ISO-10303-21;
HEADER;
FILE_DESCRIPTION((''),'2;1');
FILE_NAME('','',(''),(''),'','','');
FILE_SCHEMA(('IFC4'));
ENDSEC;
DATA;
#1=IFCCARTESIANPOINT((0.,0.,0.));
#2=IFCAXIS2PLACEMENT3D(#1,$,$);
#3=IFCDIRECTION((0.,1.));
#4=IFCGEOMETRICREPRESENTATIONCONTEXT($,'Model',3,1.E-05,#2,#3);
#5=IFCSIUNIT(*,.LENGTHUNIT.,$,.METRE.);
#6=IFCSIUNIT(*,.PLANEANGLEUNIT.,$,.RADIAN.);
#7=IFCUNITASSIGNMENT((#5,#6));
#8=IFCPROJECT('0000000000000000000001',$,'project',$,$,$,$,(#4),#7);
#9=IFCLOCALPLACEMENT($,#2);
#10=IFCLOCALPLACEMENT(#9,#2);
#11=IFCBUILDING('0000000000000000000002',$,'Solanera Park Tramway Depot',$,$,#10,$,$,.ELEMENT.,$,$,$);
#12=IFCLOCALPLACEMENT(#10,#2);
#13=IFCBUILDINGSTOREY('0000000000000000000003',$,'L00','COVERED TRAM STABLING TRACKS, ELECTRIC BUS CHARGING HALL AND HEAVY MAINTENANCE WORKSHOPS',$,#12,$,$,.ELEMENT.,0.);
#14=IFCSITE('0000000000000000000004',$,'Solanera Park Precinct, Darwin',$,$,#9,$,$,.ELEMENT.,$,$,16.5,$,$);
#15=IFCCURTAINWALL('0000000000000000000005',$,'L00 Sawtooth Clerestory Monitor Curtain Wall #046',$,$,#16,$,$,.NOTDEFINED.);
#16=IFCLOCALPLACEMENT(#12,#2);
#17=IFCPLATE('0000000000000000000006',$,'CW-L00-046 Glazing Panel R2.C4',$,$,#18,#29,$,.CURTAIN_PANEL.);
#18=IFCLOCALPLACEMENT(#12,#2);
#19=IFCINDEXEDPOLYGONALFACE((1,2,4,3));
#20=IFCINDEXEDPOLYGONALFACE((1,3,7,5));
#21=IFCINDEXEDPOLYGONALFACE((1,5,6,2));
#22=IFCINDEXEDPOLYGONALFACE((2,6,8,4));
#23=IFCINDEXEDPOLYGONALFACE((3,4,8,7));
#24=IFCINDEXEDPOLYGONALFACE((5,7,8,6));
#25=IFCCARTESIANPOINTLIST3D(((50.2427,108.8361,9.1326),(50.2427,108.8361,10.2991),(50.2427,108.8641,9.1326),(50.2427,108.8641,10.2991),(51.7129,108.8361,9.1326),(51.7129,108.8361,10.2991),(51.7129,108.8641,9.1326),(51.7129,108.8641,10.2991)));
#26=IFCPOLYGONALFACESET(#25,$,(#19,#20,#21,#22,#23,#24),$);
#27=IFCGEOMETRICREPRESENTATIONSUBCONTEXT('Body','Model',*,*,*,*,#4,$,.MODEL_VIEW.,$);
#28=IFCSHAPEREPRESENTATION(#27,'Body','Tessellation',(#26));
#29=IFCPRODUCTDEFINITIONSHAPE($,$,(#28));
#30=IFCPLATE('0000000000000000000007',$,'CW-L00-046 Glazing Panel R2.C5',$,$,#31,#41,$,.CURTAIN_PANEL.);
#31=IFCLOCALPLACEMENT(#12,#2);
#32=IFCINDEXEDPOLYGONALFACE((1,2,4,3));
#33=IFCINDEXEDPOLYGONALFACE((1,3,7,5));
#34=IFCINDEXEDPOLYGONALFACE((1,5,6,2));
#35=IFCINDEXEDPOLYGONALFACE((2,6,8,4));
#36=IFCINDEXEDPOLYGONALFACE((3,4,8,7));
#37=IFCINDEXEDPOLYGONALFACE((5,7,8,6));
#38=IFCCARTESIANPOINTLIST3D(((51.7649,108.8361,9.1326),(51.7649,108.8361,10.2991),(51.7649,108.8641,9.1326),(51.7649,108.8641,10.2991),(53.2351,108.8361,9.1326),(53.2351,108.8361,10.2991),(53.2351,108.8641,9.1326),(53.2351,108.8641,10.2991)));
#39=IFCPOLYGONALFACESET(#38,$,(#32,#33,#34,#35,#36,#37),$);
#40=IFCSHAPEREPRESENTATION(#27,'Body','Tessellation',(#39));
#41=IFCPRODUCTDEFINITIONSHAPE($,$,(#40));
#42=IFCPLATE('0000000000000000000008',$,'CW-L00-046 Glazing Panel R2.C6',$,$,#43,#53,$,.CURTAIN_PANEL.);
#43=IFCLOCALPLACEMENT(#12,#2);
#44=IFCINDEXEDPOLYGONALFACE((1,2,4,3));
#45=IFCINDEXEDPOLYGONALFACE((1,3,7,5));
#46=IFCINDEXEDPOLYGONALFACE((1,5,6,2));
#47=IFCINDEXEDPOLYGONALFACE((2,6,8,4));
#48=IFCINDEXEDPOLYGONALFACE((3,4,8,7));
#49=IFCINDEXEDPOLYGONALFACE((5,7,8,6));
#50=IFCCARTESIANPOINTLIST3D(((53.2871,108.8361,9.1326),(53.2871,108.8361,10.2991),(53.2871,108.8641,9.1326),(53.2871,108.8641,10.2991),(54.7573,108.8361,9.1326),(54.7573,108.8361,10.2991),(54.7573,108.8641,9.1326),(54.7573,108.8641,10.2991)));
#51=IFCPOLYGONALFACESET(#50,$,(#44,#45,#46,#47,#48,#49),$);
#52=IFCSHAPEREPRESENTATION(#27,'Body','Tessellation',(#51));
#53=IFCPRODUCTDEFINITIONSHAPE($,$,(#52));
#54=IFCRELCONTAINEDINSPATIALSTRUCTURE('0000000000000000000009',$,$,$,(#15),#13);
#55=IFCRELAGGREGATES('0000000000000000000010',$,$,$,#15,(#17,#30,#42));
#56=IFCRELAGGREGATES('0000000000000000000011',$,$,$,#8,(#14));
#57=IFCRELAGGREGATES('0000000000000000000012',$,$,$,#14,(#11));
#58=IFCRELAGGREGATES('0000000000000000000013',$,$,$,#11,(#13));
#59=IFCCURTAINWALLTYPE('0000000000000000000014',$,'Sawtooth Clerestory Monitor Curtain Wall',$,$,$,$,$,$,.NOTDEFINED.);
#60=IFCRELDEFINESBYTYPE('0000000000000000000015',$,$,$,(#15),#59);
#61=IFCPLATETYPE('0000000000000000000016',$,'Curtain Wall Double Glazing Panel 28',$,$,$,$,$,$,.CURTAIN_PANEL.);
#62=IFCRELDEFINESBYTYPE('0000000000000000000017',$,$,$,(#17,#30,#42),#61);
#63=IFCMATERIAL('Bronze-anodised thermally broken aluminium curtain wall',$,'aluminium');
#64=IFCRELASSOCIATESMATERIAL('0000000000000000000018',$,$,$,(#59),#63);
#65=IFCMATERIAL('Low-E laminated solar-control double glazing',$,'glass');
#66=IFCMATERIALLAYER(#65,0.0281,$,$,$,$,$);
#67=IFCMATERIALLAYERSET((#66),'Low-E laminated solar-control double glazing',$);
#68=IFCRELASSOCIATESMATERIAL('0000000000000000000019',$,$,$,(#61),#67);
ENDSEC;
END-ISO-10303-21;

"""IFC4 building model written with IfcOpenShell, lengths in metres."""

from ifc_helpers import new_model, si_unit, direction, frame, origin, origin_2d, place, context, subcontext, project, spatial, rectangle, extrude, material, layer, layer_set, type_object, element, aggregate, save


model = new_model("IFC4")

# Units and contexts
model_context = context("Model", 3, precision=1e-05, world=origin(), true_north=direction((0.0, 1.0)))
body_context = subcontext(model_context, "Body", "Model", "MODEL_VIEW")
ifc_project = project(units=[si_unit("LENGTHUNIT", "METRE"), si_unit("PLANEANGLEUNIT", "RADIAN")], contexts=[model_context])

# Site, building, storey
site_placement = place(None, origin())
site = spatial("IfcSite", under=ifc_project, at=site_placement, Name="Solanera Park Precinct, Darwin", CompositionType="ELEMENT", RefElevation=16.5)
building_placement = place(site_placement, origin())
building = spatial("IfcBuilding", under=site, at=building_placement, Name="Solanera Park Tramway Depot", CompositionType="ELEMENT")
storey_placement = place(building_placement, origin())
storey = spatial("IfcBuildingStorey", under=building, at=storey_placement, Name="L00", Description="COVERED TRAM STABLING TRACKS, ELECTRIC BUS CHARGING HALL AND HEAVY MAINTENANCE WORKSHOPS", CompositionType="ELEMENT", Elevation=0.0)

# Curtain wall
ifc_material_1 = material(Name="Bronze-anodised thermally broken aluminium curtain wall", Category="aluminium")
curtain_wall_type = type_object("IfcCurtainWallType", Name="Sawtooth Clerestory Monitor Curtain Wall", PredefinedType="NOTDEFINED", material=ifc_material_1)
curtain_wall_1_placement = place(storey_placement, origin())
curtain_wall_1 = element("IfcCurtainWall", 1, at=curtain_wall_1_placement, inside=storey, type_object=curtain_wall_type, Name="L00 Sawtooth Clerestory Monitor Curtain Wall #046", PredefinedType="NOTDEFINED")

# Plates
ifc_material_2 = material(Name="Low-E laminated solar-control double glazing", Category="glass")
ifc_layer = layer(ifc_material_2, 0.0281)
ifc_layer_set = layer_set([ifc_layer], Name="Low-E laminated solar-control double glazing")
plate_type = type_object("IfcPlateType", Name="Curtain Wall Double Glazing Panel 28", PredefinedType="CURTAIN_PANEL", material=ifc_layer_set)
plate_1_placement = place(storey_placement, frame((50.9778, 108.8501, 9.1326), z_axis=(0.0, 0.0, 1.0), x_axis=(1.0, 0.0, 0.0)))
plate_1 = element("IfcPlate", 2, at=plate_1_placement, type_object=plate_type, Name="CW-L00-046 Glazing Panel R2.C4", PredefinedType="CURTAIN_PANEL", context=body_context, shape_type="SweptSolid", body=[
    extrude(rectangle(XDim=1.4702, YDim=0.0281, at=origin_2d()), origin(), (0.0, 0.0, 1.0), 1.1665),
])
plate_2_placement = place(storey_placement, frame((52.5, 108.8501, 9.1326), z_axis=(0.0, 0.0, 1.0), x_axis=(1.0, 0.0, 0.0)))
plate_2 = element("IfcPlate", 3, at=plate_2_placement, type_object=plate_type, Name="CW-L00-046 Glazing Panel R2.C5", PredefinedType="CURTAIN_PANEL", context=body_context, shape_type="SweptSolid", body=[
    extrude(rectangle(XDim=1.4702, YDim=0.0281, at=origin_2d()), origin(), (0.0, 0.0, 1.0), 1.1665),
])
plate_3_placement = place(storey_placement, frame((54.0222, 108.8501, 9.1326), z_axis=(0.0, 0.0, 1.0), x_axis=(1.0, 0.0, 0.0)))
plate_3 = element("IfcPlate", 4, at=plate_3_placement, type_object=plate_type, Name="CW-L00-046 Glazing Panel R2.C6", PredefinedType="CURTAIN_PANEL", context=body_context, shape_type="SweptSolid", body=[
    extrude(rectangle(XDim=1.4702, YDim=0.0281, at=origin_2d()), origin(), (0.0, 0.0, 1.0), 1.1665),
])
aggregate(curtain_wall_1, [plate_1, plate_2, plate_3])

save(model, "model.ifc")
